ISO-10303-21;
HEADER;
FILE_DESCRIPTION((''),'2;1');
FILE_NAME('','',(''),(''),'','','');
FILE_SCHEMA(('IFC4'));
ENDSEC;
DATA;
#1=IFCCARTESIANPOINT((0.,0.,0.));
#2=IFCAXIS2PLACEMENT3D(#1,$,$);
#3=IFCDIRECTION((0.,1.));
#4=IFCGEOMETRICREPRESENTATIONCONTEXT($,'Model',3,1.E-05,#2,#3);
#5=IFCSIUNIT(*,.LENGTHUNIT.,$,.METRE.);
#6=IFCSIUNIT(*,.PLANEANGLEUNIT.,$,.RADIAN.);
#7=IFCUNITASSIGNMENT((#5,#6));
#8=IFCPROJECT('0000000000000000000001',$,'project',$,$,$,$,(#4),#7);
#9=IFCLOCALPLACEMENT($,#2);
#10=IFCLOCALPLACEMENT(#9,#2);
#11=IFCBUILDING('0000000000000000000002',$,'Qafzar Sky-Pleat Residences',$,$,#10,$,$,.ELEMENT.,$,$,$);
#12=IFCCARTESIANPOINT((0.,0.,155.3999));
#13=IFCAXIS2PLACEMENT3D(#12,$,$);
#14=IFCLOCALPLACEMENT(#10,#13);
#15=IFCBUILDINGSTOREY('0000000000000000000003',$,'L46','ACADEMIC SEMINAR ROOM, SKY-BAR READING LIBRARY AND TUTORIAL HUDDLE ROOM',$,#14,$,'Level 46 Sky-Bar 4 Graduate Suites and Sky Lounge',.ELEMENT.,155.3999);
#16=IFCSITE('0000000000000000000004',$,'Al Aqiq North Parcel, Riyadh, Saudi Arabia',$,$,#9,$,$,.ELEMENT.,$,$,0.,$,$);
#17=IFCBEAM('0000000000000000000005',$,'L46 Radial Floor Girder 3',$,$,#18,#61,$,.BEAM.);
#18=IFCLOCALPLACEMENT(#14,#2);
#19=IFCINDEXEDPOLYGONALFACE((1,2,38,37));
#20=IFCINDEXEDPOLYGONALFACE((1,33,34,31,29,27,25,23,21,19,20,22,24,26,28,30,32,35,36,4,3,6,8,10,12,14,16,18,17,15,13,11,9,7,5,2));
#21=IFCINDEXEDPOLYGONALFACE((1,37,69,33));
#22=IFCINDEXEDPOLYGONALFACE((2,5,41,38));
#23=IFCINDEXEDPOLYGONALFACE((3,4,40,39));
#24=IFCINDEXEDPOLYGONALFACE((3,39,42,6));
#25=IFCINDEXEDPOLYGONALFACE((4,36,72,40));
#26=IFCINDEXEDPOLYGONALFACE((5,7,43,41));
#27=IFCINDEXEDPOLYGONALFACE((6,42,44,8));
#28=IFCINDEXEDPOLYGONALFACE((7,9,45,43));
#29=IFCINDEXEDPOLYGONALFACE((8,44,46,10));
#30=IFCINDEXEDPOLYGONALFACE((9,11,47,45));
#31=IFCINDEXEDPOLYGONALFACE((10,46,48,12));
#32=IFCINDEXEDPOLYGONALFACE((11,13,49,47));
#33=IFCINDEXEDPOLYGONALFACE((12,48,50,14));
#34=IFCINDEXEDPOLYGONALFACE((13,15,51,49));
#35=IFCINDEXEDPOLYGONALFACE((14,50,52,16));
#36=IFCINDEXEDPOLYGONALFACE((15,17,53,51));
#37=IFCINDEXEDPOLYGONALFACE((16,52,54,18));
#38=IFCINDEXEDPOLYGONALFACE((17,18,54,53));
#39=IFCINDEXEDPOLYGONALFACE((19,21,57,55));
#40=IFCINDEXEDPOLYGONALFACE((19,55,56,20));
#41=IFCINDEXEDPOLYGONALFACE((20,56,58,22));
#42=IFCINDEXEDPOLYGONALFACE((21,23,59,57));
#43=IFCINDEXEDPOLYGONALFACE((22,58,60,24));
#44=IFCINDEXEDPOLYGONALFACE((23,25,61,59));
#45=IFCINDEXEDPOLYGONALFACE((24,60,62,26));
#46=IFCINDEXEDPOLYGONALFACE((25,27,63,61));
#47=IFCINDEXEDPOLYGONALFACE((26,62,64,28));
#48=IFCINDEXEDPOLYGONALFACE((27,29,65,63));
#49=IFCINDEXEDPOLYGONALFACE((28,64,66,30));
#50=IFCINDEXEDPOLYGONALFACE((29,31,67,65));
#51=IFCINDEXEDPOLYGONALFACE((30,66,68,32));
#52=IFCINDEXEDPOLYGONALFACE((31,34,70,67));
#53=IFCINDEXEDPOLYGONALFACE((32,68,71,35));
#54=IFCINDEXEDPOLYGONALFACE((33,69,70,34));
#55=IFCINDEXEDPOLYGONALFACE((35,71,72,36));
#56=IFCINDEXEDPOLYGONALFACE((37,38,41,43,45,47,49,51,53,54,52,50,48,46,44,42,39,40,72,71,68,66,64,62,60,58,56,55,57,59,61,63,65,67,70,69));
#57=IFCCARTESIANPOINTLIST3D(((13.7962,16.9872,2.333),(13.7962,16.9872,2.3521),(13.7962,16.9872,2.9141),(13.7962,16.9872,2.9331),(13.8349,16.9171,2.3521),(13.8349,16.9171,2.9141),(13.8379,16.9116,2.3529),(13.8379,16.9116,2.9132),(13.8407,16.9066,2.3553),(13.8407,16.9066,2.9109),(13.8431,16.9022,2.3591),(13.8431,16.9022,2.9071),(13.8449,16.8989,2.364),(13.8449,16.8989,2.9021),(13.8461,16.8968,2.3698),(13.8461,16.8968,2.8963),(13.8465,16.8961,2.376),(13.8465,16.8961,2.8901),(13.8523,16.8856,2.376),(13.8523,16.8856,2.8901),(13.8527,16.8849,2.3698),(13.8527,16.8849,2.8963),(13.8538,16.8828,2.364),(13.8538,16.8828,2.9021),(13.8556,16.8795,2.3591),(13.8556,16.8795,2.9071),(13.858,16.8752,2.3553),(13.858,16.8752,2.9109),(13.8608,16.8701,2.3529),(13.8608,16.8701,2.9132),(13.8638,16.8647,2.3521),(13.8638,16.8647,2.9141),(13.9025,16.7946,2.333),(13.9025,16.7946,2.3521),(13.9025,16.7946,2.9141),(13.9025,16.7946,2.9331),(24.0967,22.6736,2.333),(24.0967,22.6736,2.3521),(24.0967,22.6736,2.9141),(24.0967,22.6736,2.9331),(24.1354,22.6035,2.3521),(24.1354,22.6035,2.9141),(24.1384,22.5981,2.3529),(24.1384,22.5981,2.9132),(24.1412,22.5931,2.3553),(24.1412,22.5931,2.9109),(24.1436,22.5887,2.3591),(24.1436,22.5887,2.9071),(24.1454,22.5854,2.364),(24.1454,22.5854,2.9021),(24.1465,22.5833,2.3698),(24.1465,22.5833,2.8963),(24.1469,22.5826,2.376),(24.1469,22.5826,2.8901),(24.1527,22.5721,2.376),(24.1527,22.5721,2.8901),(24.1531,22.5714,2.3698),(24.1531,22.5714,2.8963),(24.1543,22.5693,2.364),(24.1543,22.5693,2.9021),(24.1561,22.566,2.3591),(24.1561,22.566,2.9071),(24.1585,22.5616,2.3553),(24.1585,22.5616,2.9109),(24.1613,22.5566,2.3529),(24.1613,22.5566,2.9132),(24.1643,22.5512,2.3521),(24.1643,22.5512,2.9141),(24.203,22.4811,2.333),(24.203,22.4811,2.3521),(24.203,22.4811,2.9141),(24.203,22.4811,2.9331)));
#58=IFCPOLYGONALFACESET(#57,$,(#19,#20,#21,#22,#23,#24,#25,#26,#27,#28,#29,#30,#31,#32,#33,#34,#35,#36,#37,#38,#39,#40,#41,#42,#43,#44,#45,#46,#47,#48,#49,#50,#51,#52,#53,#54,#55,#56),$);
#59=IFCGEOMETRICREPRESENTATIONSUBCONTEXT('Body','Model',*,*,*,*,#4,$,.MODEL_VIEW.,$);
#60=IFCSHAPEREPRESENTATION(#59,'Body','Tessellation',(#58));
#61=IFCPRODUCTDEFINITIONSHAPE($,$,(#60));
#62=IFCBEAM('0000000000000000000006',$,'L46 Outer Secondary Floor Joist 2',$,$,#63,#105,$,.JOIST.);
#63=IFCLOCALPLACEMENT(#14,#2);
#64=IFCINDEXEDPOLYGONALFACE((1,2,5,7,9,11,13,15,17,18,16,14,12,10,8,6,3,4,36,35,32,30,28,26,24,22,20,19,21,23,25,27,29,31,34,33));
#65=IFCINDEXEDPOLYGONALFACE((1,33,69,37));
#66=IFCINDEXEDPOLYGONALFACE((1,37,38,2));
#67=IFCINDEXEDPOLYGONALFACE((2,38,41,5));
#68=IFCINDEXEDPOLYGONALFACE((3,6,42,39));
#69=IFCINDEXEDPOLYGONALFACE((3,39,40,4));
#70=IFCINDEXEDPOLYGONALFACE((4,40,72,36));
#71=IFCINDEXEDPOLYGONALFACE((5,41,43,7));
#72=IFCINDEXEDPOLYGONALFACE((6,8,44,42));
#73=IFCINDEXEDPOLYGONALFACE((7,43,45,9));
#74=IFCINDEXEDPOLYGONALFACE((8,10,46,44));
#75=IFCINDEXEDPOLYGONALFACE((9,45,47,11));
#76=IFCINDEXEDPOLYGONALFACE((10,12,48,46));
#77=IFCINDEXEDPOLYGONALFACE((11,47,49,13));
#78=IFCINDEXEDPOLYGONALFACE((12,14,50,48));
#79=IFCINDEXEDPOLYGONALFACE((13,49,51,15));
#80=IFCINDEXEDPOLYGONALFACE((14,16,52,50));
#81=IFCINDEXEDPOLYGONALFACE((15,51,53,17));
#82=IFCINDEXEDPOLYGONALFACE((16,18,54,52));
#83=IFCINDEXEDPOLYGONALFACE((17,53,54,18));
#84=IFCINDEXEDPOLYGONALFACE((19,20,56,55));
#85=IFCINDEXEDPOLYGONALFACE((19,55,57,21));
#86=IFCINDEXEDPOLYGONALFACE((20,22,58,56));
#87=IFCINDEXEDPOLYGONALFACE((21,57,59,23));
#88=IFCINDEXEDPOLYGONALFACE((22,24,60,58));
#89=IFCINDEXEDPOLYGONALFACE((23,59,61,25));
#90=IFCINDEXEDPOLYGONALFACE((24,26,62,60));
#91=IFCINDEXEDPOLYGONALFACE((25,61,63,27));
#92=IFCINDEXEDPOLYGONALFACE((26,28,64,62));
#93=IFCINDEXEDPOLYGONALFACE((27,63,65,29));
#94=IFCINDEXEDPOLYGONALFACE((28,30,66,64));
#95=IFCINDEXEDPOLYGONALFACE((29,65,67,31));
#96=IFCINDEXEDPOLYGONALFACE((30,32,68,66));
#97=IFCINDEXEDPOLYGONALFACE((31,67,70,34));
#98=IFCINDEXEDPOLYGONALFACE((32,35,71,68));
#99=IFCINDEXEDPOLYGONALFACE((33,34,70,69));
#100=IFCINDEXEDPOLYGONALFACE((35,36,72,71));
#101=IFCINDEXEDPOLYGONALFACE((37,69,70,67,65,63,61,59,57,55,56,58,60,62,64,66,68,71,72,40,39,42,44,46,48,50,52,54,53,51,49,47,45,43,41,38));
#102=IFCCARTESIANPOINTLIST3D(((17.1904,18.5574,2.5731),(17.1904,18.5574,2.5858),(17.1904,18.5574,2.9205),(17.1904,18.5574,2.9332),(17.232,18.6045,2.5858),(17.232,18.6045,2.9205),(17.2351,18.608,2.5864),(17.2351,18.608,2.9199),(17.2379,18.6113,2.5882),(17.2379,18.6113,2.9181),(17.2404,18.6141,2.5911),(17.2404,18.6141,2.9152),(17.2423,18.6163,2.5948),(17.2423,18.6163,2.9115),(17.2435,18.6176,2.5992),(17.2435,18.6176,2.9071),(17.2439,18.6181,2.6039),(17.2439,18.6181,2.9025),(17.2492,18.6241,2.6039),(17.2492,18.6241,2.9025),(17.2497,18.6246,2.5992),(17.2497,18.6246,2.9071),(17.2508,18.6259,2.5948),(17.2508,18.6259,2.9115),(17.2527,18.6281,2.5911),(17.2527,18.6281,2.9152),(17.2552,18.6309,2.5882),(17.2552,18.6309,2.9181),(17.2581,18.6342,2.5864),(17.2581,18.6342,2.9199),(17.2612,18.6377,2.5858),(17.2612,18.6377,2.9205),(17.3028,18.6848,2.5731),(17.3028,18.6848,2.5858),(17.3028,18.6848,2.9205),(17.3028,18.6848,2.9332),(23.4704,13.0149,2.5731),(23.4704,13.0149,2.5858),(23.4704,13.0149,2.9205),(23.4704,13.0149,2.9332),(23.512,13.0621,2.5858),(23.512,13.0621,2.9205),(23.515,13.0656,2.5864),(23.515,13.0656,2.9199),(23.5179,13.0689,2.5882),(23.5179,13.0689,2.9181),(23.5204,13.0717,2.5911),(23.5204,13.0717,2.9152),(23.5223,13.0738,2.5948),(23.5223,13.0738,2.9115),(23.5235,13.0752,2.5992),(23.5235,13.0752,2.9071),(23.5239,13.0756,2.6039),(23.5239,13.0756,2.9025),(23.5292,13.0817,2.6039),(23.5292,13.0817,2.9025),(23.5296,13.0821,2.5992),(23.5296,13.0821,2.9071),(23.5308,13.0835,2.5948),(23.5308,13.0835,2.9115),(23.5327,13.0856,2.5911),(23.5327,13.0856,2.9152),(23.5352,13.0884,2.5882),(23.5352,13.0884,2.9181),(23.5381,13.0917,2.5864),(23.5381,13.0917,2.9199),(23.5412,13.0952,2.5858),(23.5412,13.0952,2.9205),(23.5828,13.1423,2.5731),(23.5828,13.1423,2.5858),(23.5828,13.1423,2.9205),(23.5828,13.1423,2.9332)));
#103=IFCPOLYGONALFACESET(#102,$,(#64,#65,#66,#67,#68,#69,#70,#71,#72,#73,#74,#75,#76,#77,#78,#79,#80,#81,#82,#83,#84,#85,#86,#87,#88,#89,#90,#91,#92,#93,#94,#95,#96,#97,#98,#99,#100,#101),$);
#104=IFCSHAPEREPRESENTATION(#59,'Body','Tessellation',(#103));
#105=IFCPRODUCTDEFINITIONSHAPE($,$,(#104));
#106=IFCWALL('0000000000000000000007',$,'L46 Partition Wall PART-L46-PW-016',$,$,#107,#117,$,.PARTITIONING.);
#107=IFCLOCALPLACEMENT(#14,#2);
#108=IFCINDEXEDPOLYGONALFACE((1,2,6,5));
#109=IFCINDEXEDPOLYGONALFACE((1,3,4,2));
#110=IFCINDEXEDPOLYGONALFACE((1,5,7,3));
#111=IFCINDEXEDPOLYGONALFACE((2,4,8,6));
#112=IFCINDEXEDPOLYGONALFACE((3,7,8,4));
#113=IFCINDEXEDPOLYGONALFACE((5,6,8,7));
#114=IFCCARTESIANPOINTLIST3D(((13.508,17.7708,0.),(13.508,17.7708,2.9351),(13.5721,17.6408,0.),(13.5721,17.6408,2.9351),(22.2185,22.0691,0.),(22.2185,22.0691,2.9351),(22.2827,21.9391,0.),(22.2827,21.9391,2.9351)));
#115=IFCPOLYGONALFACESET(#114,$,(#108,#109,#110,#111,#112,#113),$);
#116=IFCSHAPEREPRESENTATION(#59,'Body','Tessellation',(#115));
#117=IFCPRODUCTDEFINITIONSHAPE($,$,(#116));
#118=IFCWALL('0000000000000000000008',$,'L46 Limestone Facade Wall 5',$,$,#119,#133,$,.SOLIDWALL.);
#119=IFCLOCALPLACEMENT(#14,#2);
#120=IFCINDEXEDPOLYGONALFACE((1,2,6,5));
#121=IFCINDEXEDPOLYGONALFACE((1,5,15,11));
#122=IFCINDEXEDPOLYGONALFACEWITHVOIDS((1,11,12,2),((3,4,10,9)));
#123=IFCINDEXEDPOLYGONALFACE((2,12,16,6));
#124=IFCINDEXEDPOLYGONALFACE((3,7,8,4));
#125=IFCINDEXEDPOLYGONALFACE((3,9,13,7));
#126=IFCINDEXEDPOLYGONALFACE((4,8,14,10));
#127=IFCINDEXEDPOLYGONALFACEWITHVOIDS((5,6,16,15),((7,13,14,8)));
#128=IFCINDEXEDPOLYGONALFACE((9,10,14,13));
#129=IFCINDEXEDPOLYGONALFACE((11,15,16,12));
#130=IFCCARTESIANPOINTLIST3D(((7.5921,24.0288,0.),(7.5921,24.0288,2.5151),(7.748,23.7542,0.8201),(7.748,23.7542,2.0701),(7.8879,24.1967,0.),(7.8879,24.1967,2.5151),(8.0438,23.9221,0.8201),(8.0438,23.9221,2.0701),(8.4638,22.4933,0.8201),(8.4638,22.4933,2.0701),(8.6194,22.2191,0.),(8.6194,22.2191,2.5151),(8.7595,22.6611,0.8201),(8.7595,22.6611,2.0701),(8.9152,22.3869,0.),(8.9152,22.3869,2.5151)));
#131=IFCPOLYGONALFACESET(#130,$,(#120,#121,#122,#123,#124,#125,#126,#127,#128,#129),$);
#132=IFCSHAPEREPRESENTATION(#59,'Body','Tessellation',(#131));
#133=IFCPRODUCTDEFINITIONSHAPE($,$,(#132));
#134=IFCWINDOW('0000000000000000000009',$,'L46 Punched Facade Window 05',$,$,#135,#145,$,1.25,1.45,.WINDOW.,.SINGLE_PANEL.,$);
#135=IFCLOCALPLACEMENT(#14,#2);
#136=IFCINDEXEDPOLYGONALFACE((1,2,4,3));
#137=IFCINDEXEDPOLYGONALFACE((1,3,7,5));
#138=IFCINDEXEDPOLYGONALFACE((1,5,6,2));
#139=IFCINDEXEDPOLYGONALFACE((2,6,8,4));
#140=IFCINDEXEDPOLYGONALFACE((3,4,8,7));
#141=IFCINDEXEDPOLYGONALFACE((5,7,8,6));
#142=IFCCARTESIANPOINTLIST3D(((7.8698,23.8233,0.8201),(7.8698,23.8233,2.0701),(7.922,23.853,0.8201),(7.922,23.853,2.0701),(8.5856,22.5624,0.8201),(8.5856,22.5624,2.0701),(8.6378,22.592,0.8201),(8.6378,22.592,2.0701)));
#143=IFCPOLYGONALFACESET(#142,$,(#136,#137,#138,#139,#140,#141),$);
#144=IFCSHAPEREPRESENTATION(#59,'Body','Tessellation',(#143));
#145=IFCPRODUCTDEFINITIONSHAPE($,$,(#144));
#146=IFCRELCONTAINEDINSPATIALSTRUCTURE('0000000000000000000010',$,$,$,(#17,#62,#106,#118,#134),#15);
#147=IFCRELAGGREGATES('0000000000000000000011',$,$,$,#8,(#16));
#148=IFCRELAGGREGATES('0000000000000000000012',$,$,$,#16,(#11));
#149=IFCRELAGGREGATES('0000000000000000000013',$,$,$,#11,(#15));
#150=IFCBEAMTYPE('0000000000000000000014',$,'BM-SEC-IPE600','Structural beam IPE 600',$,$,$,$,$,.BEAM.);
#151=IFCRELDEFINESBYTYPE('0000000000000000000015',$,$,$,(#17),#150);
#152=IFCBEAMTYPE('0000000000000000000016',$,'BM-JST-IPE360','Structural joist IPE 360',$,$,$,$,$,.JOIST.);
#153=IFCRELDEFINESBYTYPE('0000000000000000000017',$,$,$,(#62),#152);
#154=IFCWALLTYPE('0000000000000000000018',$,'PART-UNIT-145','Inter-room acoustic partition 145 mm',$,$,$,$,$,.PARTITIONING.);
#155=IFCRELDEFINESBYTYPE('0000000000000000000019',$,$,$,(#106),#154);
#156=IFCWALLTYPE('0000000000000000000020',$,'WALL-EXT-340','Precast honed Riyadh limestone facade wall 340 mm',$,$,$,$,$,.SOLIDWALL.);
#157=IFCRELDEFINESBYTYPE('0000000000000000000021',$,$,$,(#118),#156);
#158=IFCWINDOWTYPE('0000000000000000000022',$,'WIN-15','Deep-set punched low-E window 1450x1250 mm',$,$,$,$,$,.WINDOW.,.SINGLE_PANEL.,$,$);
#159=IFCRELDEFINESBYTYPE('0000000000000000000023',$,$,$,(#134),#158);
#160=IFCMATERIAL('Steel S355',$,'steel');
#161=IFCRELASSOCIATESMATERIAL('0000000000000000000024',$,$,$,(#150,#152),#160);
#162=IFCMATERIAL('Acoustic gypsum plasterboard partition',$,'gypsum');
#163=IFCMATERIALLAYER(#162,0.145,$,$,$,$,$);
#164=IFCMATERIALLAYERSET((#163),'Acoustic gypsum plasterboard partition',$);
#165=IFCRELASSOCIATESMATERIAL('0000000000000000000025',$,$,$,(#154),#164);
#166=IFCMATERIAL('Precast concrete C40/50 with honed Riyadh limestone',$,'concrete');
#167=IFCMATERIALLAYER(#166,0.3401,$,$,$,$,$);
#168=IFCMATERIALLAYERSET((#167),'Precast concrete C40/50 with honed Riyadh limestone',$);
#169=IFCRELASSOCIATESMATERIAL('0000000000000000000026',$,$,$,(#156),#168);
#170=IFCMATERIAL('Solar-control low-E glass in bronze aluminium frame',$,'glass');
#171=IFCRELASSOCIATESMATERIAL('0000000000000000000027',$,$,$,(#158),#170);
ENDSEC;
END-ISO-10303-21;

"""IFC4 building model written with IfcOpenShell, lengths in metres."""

from ifc_helpers import new_model, si_unit, direction, frame, frame_2d, origin, origin_2d, place, context, subcontext, project, spatial, rectangle, i_section, extrude, source, transform, mapped, material, layer, layer_set, material_profile, profile_set, type_object, element, fill, save


model = new_model("IFC4")

# Units and contexts
model_context = context("Model", 3, precision=1e-05, world=origin(), true_north=direction((0.0, 1.0)))
body_context = subcontext(model_context, "Body", "Model", "MODEL_VIEW")
ifc_project = project(units=[si_unit("LENGTHUNIT", "METRE"), si_unit("PLANEANGLEUNIT", "RADIAN")], contexts=[model_context])

# Site, building, storey
site_placement = place(None, origin())
site = spatial("IfcSite", under=ifc_project, at=site_placement, Name="Al Aqiq North Parcel, Riyadh, Saudi Arabia", CompositionType="ELEMENT", RefElevation=0.0)
building_placement = place(site_placement, origin())
building = spatial("IfcBuilding", under=site, at=building_placement, Name="Qafzar Sky-Pleat Residences", CompositionType="ELEMENT")
storey_placement = place(building_placement, frame((0.0, 0.0, 155.3999)))
storey = spatial("IfcBuildingStorey", under=building, at=storey_placement, Name="L46", Description="ACADEMIC SEMINAR ROOM, SKY-BAR READING LIBRARY AND TUTORIAL HUDDLE ROOM", LongName="Level 46 Sky-Bar 4 Graduate Suites and Sky Lounge", CompositionType="ELEMENT", Elevation=155.3999)

# Shared definitions
ifc_material_1 = material(Name="Steel S355", Category="steel")

# Beams
ifc_material_profile_1 = material_profile(ifc_material_1, i_section(OverallWidth=0.22, OverallDepth=0.6001, WebThickness=0.012, FlangeThickness=0.019, FilletRadius=0.0239, at=origin_2d()), Name="IPE 600")
ifc_profile_set_1 = profile_set([ifc_material_profile_1], Name="Steel S355")
beam_type_1 = type_object("IfcBeamType", Name="BM-SEC-IPE600", Description="Structural beam IPE 600", PredefinedType="BEAM", material=ifc_profile_set_1)
shared_shape_1 = source(origin(), body_context, "Body", "SweptSolid", [
    extrude(i_section(OverallWidth=0.22, OverallDepth=0.6001, WebThickness=0.012, FlangeThickness=0.019, FilletRadius=0.0239, at=origin_2d()), origin(), (0.0, 0.0, 1.0), 11.7659),
])
beam_1_placement = place(storey_placement, frame((13.8494, 16.8909, 2.6331), z_axis=(0.875453, 0.483303, 0.0), x_axis=(-0.483303, 0.875453, 0.0)))
element("IfcBeam", 1, at=beam_1_placement, inside=storey, type_object=beam_type_1, Name="L46 Radial Floor Girder 3", PredefinedType="BEAM", context=body_context, shape_type="MappedRepresentation", body=[
    mapped(shared_shape_1, transform((0.0, 0.0, 0.0), x_axis=(1.0, 0.0, 0.0), y_axis=(0.0, 1.0, 0.0), z_axis=(0.0, 0.0, 1.0), scale=1.0)),
])
ifc_material_profile_2 = material_profile(ifc_material_1, i_section(OverallWidth=0.1699, OverallDepth=0.3601, WebThickness=0.0081, FlangeThickness=0.0127, FilletRadius=0.0181, at=origin_2d()), Name="IPE 360")
ifc_profile_set_2 = profile_set([ifc_material_profile_2], Name="Steel S355")
beam_type_2 = type_object("IfcBeamType", Name="BM-JST-IPE360", Description="Structural joist IPE 360", PredefinedType="JOIST", material=ifc_profile_set_2)
shared_shape_2 = source(origin(), body_context, "Body", "SweptSolid", [
    extrude(i_section(OverallWidth=0.1699, OverallDepth=0.3601, WebThickness=0.0081, FlangeThickness=0.0127, FilletRadius=0.0181, at=origin_2d()), origin(), (0.0, 0.0, 1.0), 8.376),
])
beam_2_placement = place(storey_placement, frame((17.2466, 18.6211, 2.7532), z_axis=(0.749762, -0.661707, 0.0), x_axis=(0.661707, 0.749762, 0.0)))
element("IfcBeam", 2, at=beam_2_placement, inside=storey, type_object=beam_type_2, Name="L46 Outer Secondary Floor Joist 2", PredefinedType="JOIST", context=body_context, shape_type="MappedRepresentation", body=[
    mapped(shared_shape_2, transform((0.0, 0.0, 0.0), x_axis=(1.0, 0.0, 0.0), y_axis=(0.0, 1.0, 0.0), z_axis=(0.0, 0.0, 1.0), scale=1.0)),
])

# Wall
ifc_material_2 = material(Name="Acoustic gypsum plasterboard partition", Category="gypsum")
ifc_layer_1 = layer(ifc_material_2, 0.145)
ifc_layer_set_1 = layer_set([ifc_layer_1], Name="Acoustic gypsum plasterboard partition")
wall_type_1 = type_object("IfcWallType", Name="PART-UNIT-145", Description="Inter-room acoustic partition 145 mm", PredefinedType="PARTITIONING", material=ifc_layer_set_1)
wall_1_placement = place(storey_placement, frame((13.54, 17.7058, 0.0), z_axis=(0.0, 0.0, 1.0), x_axis=(0.896762, 0.442512, 0.0)))
element("IfcWall", 3, at=wall_1_placement, inside=storey, type_object=wall_type_1, Name="L46 Partition Wall PART-L46-PW-016", PredefinedType="PARTITIONING", context=body_context, shape_type="SweptSolid", body=[
    extrude(rectangle(XDim=9.7134, YDim=0.145, at=frame_2d((4.8567, 0.0))), origin(), (0.0, 0.0, 1.0), 2.9351),
])

# Wall, opening, window
ifc_material_3 = material(Name="Precast concrete C40/50 with honed Riyadh limestone", Category="concrete")
ifc_layer_2 = layer(ifc_material_3, 0.3401)
ifc_layer_set_2 = layer_set([ifc_layer_2], Name="Precast concrete C40/50 with honed Riyadh limestone")
wall_type_2 = type_object("IfcWallType", Name="WALL-EXT-340", Description="Precast honed Riyadh limestone facade wall 340 mm", PredefinedType="SOLIDWALL", material=ifc_layer_set_2)
wall_2_placement = place(storey_placement, frame((7.74, 24.1128, 0.0), z_axis=(0.0, 0.0, 1.0), x_axis=(0.493661, -0.869655, 0.0)))
wall_2 = element("IfcWall", 4, at=wall_2_placement, inside=storey, type_object=wall_type_2, Name="L46 Limestone Facade Wall 5", PredefinedType="SOLIDWALL", context=body_context, shape_type="SweptSolid", body=[
    extrude(rectangle(XDim=2.0811, YDim=0.3401, at=frame_2d((1.0405, 0.0))), origin(), (0.0, 0.0, 1.0), 2.5151),
])
opening_1_placement = place(wall_2_placement, frame((0.3157, 0.0, 0.8201)))
opening_1 = element("IfcOpeningElement", 5, at=opening_1_placement, cuts=wall_2, PredefinedType="OPENING", context=body_context, shape_type="SweptSolid", body=[
    extrude(rectangle(XDim=1.45, YDim=1.25, at=frame_2d((0.7251, 0.625))), frame((0.0, 0.1802, 0.0), z_axis=(0.0, -1.0, 0.0), x_axis=(1.0, 0.0, 0.0)), (0.0, 0.0, 1.0), 0.3601),
])
ifc_material_4 = material(Name="Solar-control low-E glass in bronze aluminium frame", Category="glass")
window_type_1 = type_object("IfcWindowType", Name="WIN-15", Description="Deep-set punched low-E window 1450x1250 mm", PartitioningType="SINGLE_PANEL", PredefinedType="WINDOW", material=ifc_material_4)
shared_shape_3 = source(origin(), body_context, "Body", "SweptSolid", [
    extrude(rectangle(XDim=1.45, YDim=1.25, at=frame_2d((0.7251, 0.625))), frame((0.0, 0.03, 0.0), z_axis=(0.0, -1.0, 0.0), x_axis=(1.0, 0.0, 0.0)), (0.0, 0.0, 1.0), 0.0601),
])
window_1_placement = place(opening_1_placement, origin())
window_1 = element("IfcWindow", 6, at=window_1_placement, inside=storey, type_object=window_type_1, Name="L46 Punched Facade Window 05", OverallHeight=1.25, OverallWidth=1.45, PartitioningType="SINGLE_PANEL", PredefinedType="WINDOW", context=body_context, shape_type="MappedRepresentation", body=[
    mapped(shared_shape_3, transform((0.0, 0.0, 0.0), x_axis=(1.0, 0.0, 0.0), y_axis=(0.0, 1.0, 0.0), z_axis=(0.0, 0.0, 1.0), scale=1.0)),
])
fill(opening_1, window_1)

save(model, "model.ifc")
